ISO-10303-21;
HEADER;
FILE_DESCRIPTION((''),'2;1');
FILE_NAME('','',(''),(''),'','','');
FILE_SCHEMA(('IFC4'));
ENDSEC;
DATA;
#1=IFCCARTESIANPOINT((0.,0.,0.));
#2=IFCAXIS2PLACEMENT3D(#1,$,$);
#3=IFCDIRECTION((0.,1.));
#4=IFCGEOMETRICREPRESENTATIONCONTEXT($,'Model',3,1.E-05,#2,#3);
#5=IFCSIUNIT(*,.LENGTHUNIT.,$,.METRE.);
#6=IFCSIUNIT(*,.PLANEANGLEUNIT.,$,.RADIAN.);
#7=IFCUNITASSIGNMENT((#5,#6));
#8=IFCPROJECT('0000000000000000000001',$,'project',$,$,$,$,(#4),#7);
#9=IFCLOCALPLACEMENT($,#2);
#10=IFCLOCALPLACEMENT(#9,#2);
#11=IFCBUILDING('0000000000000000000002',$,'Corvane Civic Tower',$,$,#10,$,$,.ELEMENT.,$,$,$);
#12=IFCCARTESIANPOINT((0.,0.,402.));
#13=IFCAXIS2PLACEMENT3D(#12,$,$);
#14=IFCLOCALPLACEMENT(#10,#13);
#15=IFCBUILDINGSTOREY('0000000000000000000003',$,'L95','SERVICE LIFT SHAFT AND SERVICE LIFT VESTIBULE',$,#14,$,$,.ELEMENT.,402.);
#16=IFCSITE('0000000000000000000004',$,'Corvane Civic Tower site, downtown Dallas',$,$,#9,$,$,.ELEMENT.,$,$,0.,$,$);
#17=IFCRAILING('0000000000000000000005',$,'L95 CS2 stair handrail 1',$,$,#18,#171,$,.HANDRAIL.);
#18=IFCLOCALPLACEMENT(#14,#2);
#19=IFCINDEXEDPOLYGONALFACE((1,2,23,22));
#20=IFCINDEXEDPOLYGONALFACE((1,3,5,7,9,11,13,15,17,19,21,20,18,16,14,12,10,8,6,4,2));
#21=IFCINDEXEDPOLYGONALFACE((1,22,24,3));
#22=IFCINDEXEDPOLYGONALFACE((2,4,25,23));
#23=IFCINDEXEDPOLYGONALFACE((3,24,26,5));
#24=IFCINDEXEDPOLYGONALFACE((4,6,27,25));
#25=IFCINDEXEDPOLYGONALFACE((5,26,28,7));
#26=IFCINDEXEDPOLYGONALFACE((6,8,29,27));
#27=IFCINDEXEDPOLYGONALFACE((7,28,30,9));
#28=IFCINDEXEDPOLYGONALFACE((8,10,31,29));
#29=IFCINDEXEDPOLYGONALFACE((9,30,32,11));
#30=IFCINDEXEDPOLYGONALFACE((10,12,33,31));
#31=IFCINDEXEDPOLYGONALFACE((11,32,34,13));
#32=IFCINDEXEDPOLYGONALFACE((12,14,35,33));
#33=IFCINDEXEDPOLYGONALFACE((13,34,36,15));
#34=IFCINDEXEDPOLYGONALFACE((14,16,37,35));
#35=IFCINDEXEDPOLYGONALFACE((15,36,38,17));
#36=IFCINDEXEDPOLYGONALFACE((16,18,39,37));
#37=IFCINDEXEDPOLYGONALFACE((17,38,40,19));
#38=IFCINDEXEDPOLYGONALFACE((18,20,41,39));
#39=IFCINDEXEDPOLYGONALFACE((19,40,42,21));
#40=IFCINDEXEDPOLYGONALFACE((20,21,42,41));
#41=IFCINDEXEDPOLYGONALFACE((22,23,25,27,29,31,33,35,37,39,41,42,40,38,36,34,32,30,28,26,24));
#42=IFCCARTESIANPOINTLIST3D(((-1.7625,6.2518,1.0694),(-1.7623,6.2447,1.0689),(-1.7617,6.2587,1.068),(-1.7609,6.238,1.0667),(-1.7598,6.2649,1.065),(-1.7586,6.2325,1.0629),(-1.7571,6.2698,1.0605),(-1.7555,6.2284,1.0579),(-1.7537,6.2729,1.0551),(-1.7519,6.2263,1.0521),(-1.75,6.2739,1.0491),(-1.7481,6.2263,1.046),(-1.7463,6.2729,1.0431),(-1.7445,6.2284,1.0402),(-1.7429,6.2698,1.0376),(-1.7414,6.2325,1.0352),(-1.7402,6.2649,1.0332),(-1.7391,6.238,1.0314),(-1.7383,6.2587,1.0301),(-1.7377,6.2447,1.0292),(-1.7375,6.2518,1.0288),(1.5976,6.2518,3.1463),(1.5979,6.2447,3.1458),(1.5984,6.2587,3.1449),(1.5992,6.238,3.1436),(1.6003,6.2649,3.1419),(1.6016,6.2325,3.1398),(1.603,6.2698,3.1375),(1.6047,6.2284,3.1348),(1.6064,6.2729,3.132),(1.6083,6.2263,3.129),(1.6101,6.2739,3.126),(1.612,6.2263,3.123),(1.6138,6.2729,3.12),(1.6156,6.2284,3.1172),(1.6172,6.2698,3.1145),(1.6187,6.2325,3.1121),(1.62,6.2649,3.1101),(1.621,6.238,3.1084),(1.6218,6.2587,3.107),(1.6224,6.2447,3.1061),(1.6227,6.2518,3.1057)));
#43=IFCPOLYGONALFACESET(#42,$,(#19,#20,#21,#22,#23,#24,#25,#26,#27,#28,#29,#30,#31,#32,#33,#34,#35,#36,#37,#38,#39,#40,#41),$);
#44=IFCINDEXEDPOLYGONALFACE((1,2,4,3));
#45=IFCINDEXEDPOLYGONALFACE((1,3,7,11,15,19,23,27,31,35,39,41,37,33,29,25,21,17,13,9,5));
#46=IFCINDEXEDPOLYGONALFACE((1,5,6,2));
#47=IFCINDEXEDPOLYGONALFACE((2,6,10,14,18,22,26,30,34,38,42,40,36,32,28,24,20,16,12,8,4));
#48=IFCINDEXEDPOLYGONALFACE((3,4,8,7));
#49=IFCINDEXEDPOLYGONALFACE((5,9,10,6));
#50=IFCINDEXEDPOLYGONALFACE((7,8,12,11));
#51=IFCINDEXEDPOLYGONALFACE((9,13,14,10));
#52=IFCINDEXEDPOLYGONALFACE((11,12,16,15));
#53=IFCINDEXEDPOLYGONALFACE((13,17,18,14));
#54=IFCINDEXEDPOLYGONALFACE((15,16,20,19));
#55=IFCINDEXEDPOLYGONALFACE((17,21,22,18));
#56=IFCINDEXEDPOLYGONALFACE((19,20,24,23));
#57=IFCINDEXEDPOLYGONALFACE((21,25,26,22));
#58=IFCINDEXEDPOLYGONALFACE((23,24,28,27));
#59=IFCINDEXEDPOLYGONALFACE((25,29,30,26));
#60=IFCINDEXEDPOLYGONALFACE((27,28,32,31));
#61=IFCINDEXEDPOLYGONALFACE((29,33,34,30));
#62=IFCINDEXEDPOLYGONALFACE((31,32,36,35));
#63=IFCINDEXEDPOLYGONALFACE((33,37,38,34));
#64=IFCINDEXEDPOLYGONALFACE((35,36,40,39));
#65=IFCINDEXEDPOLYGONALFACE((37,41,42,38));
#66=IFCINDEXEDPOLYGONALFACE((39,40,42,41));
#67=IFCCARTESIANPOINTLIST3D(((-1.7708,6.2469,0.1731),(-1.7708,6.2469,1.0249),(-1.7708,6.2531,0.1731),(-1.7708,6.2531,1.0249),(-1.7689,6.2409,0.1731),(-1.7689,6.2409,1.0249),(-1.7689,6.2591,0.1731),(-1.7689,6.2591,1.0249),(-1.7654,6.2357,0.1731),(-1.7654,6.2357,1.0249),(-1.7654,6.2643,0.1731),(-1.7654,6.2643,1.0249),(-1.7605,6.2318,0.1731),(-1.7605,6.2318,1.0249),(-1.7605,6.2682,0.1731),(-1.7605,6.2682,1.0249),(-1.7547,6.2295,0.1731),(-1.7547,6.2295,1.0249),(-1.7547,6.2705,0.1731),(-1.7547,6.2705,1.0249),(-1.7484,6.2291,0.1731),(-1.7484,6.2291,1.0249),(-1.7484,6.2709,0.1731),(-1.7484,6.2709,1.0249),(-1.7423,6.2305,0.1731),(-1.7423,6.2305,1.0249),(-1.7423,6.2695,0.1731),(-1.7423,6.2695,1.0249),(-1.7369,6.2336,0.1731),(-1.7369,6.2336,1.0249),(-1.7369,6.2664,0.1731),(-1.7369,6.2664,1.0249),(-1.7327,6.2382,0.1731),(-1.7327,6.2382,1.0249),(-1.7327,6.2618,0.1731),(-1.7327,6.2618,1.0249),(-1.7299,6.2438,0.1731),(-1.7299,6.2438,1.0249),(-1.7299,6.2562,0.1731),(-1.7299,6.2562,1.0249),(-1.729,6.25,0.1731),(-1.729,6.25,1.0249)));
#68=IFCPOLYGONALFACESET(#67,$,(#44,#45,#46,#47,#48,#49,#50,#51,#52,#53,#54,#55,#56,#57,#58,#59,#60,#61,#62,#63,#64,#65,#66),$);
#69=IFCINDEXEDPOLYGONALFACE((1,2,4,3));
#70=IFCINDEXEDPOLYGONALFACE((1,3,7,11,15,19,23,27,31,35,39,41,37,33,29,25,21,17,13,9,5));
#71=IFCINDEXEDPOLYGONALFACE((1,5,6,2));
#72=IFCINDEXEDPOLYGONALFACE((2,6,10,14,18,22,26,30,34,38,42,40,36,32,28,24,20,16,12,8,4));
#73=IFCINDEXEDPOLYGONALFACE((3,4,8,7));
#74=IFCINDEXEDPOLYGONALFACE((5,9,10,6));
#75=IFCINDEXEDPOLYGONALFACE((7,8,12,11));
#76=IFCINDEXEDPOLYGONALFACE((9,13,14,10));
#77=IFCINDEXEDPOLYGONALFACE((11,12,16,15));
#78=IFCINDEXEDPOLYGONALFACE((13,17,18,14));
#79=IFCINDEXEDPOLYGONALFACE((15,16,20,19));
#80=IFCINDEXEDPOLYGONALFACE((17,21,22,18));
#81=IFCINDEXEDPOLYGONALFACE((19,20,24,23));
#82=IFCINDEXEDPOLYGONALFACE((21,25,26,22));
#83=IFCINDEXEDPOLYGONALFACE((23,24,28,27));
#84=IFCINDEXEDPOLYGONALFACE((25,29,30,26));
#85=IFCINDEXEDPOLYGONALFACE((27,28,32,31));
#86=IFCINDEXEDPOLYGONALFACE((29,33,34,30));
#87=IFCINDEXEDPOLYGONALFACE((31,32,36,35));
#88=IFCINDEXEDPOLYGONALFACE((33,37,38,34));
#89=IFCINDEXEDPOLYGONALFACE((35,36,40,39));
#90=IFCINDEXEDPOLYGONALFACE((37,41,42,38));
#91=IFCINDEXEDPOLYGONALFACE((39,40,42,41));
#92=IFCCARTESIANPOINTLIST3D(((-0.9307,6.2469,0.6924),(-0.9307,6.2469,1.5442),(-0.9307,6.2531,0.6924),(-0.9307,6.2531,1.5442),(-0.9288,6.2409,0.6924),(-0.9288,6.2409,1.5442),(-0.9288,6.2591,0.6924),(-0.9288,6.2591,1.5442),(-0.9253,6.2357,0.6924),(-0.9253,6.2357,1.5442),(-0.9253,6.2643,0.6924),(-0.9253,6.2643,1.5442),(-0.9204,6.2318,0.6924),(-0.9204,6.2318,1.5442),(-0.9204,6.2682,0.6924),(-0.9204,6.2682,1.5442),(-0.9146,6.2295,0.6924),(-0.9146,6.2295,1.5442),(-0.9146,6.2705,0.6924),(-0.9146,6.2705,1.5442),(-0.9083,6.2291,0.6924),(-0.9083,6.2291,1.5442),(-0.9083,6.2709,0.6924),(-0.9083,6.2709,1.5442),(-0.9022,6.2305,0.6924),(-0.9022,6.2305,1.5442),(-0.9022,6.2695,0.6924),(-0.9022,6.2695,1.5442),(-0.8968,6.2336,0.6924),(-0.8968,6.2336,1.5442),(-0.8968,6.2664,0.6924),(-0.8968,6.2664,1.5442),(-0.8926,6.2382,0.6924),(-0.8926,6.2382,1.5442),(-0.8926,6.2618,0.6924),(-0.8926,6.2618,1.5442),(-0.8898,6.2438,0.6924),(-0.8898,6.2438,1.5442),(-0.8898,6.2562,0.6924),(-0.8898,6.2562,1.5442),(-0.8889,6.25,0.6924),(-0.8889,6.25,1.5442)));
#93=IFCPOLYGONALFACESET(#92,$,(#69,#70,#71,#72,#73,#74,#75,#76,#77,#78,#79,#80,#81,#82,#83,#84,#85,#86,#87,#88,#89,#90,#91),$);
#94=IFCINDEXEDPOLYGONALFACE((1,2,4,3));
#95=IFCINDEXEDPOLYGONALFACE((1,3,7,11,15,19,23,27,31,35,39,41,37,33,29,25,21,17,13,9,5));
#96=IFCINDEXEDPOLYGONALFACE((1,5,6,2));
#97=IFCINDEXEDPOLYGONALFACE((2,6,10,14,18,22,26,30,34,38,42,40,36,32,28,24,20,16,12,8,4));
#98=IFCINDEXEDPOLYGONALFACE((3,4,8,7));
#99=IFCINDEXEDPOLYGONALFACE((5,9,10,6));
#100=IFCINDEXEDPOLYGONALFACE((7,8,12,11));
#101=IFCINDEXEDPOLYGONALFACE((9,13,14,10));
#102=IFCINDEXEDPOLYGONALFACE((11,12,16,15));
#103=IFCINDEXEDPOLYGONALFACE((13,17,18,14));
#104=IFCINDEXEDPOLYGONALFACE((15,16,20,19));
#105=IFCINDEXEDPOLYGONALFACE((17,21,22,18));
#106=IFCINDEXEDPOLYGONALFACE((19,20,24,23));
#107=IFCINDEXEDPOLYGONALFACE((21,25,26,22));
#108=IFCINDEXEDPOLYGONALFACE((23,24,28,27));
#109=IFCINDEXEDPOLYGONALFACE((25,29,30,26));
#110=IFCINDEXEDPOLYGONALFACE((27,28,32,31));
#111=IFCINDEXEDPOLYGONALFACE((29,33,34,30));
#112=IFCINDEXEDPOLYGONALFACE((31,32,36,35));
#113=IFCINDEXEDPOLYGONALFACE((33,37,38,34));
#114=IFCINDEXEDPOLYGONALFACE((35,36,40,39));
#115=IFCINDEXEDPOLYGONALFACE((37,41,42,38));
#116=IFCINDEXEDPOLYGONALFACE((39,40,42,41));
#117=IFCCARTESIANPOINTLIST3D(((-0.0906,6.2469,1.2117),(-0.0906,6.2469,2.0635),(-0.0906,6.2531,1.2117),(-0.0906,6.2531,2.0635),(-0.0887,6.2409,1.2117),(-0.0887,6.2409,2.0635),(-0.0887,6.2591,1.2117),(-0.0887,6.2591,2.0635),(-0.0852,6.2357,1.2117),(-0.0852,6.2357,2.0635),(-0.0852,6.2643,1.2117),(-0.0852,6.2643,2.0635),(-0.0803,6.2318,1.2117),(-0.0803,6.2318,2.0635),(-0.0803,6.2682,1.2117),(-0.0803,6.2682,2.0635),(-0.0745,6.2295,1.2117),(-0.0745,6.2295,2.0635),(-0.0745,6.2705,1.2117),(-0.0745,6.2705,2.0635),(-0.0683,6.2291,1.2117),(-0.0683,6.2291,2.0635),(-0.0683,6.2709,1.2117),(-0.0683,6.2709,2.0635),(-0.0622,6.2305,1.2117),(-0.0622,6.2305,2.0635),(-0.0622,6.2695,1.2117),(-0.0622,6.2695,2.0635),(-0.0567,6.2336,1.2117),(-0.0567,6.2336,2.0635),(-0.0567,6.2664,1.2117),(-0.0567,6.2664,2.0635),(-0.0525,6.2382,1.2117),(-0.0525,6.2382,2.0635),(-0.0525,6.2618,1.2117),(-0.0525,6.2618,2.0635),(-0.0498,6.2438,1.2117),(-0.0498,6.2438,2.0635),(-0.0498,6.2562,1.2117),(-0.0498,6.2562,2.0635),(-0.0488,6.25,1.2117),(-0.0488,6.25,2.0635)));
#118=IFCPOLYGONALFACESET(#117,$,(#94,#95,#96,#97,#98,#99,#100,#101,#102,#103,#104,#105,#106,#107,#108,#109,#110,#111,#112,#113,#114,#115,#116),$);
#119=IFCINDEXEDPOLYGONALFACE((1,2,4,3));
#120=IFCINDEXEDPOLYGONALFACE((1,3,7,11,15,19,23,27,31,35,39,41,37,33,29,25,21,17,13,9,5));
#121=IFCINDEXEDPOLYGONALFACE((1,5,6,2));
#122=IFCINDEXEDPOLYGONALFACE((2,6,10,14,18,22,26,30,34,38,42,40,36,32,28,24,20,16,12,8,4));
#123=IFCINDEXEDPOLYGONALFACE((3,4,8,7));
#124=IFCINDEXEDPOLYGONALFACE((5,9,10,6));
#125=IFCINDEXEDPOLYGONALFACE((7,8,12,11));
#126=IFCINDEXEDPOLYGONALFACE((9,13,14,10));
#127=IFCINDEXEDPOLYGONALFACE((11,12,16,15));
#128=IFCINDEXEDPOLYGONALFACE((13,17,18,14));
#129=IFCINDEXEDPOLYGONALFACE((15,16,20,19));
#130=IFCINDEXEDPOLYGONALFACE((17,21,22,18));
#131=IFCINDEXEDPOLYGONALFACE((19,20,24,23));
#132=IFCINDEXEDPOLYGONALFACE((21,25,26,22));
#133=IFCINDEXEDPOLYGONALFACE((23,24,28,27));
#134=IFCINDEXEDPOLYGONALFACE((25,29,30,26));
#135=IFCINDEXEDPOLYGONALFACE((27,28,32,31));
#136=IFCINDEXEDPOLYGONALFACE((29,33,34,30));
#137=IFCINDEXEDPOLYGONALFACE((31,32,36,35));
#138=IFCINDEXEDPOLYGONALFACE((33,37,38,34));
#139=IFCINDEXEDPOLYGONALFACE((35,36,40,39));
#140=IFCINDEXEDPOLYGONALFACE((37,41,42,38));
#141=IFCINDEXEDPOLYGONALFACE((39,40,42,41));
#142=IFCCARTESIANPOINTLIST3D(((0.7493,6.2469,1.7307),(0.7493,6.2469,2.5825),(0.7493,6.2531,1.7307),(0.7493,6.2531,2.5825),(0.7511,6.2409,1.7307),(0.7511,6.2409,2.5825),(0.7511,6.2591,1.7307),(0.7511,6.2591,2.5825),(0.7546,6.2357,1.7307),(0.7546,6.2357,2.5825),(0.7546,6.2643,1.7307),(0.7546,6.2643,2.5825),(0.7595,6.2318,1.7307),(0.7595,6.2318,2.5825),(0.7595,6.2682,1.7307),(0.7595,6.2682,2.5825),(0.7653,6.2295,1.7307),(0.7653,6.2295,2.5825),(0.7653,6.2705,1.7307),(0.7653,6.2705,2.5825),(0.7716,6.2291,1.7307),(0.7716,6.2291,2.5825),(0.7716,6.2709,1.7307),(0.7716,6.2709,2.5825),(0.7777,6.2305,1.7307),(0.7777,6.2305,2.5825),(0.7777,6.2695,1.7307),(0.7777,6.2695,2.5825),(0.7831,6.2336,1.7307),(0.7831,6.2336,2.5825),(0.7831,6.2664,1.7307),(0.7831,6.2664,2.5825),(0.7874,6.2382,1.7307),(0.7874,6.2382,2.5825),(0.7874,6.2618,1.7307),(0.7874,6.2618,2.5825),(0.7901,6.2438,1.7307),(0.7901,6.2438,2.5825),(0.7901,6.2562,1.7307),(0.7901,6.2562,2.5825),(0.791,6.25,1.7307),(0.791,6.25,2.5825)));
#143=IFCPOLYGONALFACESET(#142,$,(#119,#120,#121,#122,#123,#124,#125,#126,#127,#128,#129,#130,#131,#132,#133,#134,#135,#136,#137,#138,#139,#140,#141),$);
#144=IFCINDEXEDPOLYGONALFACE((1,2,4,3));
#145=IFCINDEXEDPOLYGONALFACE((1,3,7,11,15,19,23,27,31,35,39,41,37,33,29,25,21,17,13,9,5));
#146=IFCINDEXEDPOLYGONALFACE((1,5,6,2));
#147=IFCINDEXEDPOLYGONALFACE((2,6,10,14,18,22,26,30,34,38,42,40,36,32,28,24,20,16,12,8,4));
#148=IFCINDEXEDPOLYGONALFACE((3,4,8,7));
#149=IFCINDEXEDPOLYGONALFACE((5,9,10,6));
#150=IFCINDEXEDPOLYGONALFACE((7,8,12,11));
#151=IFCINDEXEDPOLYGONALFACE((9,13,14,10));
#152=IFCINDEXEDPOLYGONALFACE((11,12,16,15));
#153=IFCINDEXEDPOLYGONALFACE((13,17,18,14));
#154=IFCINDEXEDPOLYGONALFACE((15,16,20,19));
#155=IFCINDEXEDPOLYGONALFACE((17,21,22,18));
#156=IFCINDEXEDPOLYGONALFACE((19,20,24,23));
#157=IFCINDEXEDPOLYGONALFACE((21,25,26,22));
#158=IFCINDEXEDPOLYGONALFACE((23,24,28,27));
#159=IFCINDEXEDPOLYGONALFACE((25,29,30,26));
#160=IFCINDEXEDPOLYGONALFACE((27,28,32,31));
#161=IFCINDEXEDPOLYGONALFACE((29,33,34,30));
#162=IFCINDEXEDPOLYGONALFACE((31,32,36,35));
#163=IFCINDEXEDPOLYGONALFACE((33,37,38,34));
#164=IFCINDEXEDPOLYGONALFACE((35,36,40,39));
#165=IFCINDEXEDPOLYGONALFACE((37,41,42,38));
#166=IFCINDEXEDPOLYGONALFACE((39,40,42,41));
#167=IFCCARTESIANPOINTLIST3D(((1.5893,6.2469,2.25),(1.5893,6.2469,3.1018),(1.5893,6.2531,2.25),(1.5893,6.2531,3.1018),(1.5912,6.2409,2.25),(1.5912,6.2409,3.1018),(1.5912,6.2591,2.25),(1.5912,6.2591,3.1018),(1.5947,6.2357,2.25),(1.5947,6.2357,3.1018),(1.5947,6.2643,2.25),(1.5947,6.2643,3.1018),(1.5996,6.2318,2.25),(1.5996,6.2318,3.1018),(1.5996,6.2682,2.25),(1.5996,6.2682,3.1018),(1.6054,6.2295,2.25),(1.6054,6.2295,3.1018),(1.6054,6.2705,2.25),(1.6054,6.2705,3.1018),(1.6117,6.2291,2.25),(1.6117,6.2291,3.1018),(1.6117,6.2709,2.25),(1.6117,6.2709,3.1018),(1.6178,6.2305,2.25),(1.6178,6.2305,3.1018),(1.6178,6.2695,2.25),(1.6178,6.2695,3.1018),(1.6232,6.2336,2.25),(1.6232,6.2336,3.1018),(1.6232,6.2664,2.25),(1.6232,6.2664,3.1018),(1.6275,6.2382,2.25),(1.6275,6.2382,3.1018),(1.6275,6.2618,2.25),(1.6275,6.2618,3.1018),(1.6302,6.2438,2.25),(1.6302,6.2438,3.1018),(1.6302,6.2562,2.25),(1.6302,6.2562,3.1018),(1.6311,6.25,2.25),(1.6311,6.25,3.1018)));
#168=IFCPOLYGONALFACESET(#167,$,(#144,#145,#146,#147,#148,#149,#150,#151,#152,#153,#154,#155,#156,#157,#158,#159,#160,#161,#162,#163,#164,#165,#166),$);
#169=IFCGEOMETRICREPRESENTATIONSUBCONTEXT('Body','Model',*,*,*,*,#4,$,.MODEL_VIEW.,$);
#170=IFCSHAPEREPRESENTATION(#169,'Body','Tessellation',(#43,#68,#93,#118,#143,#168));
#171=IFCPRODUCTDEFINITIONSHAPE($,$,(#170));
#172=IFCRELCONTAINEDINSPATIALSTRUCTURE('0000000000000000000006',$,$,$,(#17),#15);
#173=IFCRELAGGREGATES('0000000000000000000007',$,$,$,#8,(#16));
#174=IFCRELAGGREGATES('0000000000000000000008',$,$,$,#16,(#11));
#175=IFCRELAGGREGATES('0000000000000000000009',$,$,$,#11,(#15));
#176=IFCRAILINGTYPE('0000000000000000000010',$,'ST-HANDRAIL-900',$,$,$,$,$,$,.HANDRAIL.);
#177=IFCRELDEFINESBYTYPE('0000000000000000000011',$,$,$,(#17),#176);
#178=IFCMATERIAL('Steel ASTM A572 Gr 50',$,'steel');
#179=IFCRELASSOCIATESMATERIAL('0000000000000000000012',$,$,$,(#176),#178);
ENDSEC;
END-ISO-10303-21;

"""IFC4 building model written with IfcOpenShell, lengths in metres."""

from ifc_helpers import new_model, si_unit, direction, frame, origin, origin_2d, place, context, subcontext, project, spatial, circle, extrude, material, type_object, element, save


model = new_model("IFC4")

# Units and contexts
model_context = context("Model", 3, precision=1e-05, world=origin(), true_north=direction((0.0, 1.0)))
body_context = subcontext(model_context, "Body", "Model", "MODEL_VIEW")
ifc_project = project(units=[si_unit("LENGTHUNIT", "METRE"), si_unit("PLANEANGLEUNIT", "RADIAN")], contexts=[model_context])

# Site, building, storey
site_placement = place(None, origin())
site = spatial("IfcSite", under=ifc_project, at=site_placement, Name="Corvane Civic Tower site, downtown Dallas", CompositionType="ELEMENT", RefElevation=0.0)
building_placement = place(site_placement, origin())
building = spatial("IfcBuilding", under=site, at=building_placement, Name="Corvane Civic Tower", CompositionType="ELEMENT")
storey_placement = place(building_placement, frame((0.0, 0.0, 402.0)))
storey = spatial("IfcBuildingStorey", under=building, at=storey_placement, Name="L95", Description="SERVICE LIFT SHAFT AND SERVICE LIFT VESTIBULE", CompositionType="ELEMENT", Elevation=402.0)

# Railing
ifc_material_1 = material(Name="Steel ASTM A572 Gr 50", Category="steel")
railing_type_1 = type_object("IfcRailingType", Name="ST-HANDRAIL-900", PredefinedType="HANDRAIL", material=ifc_material_1)
railing_1_placement = place(storey_placement, frame((-1.75, 6.25, 0.1731)))
element("IfcRailing", 1, at=railing_1_placement, inside=storey, type_object=railing_type_1, Name="L95 CS2 stair handrail 1", PredefinedType="HANDRAIL", context=body_context, shape_type="SweptSolid", body=[
    extrude(circle(Radius=0.0239, at=origin_2d()), frame((0.0, 0.0, 0.876), z_axis=(0.850623, 0.0, 0.525776), x_axis=(0.0, 1.0, 0.0)), (0.0, 0.0, 1.0), 3.9502),
    extrude(circle(Radius=0.021, at=origin_2d()), origin(), (0.0, 0.0, 1.0), 0.8518),
    extrude(circle(Radius=0.021, at=origin_2d()), frame((0.8401, 0.0, 0.5193)), (0.0, 0.0, 1.0), 0.8518),
    extrude(circle(Radius=0.021, at=origin_2d()), frame((1.6802, 0.0, 1.0386)), (0.0, 0.0, 1.0), 0.8518),
    extrude(circle(Radius=0.021, at=origin_2d()), frame((2.52, 0.0, 1.5576)), (0.0, 0.0, 1.0), 0.8518),
    extrude(circle(Radius=0.021, at=origin_2d()), frame((3.3601, 0.0, 2.0769)), (0.0, 0.0, 1.0), 0.8518),
])

save(model, "model.ifc")
